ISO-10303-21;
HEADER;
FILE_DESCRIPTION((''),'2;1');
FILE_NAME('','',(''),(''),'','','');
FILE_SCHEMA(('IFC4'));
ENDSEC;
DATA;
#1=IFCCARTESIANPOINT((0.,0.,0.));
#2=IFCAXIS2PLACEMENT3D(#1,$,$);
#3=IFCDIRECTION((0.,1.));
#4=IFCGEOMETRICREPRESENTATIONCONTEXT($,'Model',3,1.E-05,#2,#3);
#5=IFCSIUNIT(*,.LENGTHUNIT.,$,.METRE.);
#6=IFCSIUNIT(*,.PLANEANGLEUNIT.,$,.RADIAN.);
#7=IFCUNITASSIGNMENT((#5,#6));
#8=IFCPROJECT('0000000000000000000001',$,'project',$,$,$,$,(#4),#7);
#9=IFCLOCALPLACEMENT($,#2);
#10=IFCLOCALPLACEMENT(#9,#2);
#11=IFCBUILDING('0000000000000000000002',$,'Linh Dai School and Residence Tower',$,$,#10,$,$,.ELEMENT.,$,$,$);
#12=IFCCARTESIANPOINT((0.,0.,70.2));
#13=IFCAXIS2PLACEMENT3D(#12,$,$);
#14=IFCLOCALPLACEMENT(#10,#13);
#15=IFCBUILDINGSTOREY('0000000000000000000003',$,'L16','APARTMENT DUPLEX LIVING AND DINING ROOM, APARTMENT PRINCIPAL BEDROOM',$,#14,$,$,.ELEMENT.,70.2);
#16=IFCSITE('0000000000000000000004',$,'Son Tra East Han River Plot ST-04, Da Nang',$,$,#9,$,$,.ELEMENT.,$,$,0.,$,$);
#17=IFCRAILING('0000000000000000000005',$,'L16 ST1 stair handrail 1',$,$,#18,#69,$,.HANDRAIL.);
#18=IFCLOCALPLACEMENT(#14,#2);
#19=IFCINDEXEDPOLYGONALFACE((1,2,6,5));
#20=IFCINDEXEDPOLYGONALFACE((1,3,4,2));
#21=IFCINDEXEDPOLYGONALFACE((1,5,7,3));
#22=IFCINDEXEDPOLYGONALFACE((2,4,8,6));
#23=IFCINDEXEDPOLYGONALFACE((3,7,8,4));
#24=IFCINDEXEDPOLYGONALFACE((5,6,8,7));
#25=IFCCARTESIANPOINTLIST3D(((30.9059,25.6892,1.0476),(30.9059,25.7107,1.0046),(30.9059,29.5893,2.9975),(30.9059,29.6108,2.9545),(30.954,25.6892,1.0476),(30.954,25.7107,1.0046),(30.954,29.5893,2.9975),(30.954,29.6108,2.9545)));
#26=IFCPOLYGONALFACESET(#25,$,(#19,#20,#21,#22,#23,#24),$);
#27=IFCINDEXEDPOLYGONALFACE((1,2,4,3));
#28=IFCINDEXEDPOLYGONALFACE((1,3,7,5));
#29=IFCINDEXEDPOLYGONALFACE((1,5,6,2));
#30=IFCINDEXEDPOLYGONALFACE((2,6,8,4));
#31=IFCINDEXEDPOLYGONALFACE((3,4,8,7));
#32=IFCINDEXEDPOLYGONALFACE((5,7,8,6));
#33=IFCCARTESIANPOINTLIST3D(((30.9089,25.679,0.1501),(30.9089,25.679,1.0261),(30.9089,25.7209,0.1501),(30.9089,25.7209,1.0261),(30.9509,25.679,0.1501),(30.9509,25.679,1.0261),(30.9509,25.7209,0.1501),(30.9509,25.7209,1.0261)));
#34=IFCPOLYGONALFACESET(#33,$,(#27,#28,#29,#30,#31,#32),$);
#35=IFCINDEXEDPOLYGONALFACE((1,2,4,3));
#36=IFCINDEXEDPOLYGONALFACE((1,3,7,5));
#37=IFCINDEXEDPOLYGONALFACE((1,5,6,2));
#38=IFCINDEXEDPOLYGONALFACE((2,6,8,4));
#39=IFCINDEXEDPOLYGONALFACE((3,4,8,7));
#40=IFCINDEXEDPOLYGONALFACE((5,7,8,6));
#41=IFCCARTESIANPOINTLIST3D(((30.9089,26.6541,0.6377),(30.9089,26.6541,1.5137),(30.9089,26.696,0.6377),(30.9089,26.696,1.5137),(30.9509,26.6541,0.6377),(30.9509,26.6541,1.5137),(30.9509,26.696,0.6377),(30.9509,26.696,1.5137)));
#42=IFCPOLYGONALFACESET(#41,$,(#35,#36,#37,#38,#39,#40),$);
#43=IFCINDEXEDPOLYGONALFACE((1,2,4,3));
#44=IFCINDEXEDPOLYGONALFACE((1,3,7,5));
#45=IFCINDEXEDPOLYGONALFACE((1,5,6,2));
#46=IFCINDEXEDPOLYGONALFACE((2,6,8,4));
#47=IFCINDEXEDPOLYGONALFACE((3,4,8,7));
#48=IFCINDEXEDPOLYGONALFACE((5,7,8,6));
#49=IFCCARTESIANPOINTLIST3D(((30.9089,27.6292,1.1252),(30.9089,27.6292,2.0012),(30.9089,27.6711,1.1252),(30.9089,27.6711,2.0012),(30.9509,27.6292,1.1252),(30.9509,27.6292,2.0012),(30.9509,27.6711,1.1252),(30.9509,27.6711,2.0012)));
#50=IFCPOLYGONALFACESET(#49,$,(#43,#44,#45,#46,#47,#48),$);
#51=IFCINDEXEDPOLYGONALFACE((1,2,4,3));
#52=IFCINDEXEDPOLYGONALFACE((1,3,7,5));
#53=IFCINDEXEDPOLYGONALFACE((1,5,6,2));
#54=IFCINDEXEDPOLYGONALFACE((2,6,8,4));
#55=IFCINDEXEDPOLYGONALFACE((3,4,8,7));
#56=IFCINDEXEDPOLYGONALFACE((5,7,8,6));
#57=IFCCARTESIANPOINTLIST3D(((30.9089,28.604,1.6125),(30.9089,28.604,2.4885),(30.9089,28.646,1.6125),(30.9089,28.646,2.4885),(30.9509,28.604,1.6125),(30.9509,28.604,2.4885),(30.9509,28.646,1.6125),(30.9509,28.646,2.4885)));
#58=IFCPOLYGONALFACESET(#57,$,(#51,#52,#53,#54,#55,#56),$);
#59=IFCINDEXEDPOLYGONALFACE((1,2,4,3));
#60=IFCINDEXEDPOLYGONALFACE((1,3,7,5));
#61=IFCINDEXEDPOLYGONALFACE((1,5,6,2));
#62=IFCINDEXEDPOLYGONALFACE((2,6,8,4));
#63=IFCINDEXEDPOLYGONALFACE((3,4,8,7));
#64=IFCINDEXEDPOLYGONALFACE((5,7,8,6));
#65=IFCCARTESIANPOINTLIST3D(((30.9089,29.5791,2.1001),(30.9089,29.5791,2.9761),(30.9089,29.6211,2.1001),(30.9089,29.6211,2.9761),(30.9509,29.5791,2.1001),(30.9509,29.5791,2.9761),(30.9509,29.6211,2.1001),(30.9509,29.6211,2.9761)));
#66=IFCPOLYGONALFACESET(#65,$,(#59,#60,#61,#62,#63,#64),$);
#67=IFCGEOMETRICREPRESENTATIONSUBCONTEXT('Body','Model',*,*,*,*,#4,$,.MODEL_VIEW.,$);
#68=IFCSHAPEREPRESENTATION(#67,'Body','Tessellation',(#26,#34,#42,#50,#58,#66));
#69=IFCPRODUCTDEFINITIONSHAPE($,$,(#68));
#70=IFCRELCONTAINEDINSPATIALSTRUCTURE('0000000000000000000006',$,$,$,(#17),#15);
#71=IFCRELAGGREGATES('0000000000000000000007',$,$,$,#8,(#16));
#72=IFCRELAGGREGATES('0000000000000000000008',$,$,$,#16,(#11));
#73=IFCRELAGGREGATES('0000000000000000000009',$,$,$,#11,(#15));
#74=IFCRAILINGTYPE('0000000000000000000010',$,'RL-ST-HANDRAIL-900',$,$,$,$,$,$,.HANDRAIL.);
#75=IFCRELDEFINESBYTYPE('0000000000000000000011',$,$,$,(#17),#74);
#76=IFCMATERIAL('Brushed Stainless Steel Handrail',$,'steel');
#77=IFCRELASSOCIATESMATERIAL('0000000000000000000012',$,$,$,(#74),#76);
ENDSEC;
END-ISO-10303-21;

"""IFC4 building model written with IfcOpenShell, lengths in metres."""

from ifc_helpers import new_model, si_unit, direction, frame, origin, origin_2d, place, context, subcontext, project, spatial, rectangle, extrude, source, transform, mapped, material, type_object, element, save


model = new_model("IFC4")

# Units and contexts
model_context = context("Model", 3, precision=1e-05, world=origin(), true_north=direction((0.0, 1.0)))
body_context = subcontext(model_context, "Body", "Model", "MODEL_VIEW")
ifc_project = project(units=[si_unit("LENGTHUNIT", "METRE"), si_unit("PLANEANGLEUNIT", "RADIAN")], contexts=[model_context])

# Site, building, storey
site_placement = place(None, origin())
site = spatial("IfcSite", under=ifc_project, at=site_placement, Name="Son Tra East Han River Plot ST-04, Da Nang", CompositionType="ELEMENT", RefElevation=0.0)
building_placement = place(site_placement, origin())
building = spatial("IfcBuilding", under=site, at=building_placement, Name="Linh Dai School and Residence Tower", CompositionType="ELEMENT")
storey_placement = place(building_placement, frame((0.0, 0.0, 70.2)))
storey = spatial("IfcBuildingStorey", under=building, at=storey_placement, Name="L16", Description="APARTMENT DUPLEX LIVING AND DINING ROOM, APARTMENT PRINCIPAL BEDROOM", CompositionType="ELEMENT", Elevation=70.2)

# Railing
ifc_material_1 = material(Name="Brushed Stainless Steel Handrail", Category="steel")
railing_type_1 = type_object("IfcRailingType", Name="RL-ST-HANDRAIL-900", PredefinedType="HANDRAIL", material=ifc_material_1)
shared_shape_1 = source(origin(), body_context, "Body", "SweptSolid", [
    extrude(rectangle(XDim=0.0481, YDim=0.0481, at=origin_2d()), frame((0.0, 0.0, 0.876), z_axis=(0.0, 0.894438, 0.447191), x_axis=(-1.0, 0.0, 0.0)), (0.0, 0.0, 1.0), 4.3604),
    extrude(rectangle(XDim=0.042, YDim=0.042, at=origin_2d()), origin(), (0.0, 0.0, 1.0), 0.876),
    extrude(rectangle(XDim=0.042, YDim=0.042, at=origin_2d()), frame((0.0, 0.9751, 0.4875)), (0.0, 0.0, 1.0), 0.876),
    extrude(rectangle(XDim=0.042, YDim=0.042, at=origin_2d()), frame((0.0, 1.9502, 0.9751)), (0.0, 0.0, 1.0), 0.876),
    extrude(rectangle(XDim=0.042, YDim=0.042, at=origin_2d()), frame((0.0, 2.925, 1.4624)), (0.0, 0.0, 1.0), 0.876),
    extrude(rectangle(XDim=0.042, YDim=0.042, at=origin_2d()), frame((0.0, 3.9001, 1.95)), (0.0, 0.0, 1.0), 0.876),
])
railing_1_placement = place(storey_placement, frame((30.9299, 25.7, 0.1501)))
element("IfcRailing", 1, at=railing_1_placement, inside=storey, type_object=railing_type_1, Name="L16 ST1 stair handrail 1", PredefinedType="HANDRAIL", context=body_context, shape_type="MappedRepresentation", body=[
    mapped(shared_shape_1, transform((0.0, 0.0, 0.0), x_axis=(1.0, 0.0, 0.0), y_axis=(0.0, 1.0, 0.0), z_axis=(0.0, 0.0, 1.0), scale=1.0)),
])

save(model, "model.ifc")
